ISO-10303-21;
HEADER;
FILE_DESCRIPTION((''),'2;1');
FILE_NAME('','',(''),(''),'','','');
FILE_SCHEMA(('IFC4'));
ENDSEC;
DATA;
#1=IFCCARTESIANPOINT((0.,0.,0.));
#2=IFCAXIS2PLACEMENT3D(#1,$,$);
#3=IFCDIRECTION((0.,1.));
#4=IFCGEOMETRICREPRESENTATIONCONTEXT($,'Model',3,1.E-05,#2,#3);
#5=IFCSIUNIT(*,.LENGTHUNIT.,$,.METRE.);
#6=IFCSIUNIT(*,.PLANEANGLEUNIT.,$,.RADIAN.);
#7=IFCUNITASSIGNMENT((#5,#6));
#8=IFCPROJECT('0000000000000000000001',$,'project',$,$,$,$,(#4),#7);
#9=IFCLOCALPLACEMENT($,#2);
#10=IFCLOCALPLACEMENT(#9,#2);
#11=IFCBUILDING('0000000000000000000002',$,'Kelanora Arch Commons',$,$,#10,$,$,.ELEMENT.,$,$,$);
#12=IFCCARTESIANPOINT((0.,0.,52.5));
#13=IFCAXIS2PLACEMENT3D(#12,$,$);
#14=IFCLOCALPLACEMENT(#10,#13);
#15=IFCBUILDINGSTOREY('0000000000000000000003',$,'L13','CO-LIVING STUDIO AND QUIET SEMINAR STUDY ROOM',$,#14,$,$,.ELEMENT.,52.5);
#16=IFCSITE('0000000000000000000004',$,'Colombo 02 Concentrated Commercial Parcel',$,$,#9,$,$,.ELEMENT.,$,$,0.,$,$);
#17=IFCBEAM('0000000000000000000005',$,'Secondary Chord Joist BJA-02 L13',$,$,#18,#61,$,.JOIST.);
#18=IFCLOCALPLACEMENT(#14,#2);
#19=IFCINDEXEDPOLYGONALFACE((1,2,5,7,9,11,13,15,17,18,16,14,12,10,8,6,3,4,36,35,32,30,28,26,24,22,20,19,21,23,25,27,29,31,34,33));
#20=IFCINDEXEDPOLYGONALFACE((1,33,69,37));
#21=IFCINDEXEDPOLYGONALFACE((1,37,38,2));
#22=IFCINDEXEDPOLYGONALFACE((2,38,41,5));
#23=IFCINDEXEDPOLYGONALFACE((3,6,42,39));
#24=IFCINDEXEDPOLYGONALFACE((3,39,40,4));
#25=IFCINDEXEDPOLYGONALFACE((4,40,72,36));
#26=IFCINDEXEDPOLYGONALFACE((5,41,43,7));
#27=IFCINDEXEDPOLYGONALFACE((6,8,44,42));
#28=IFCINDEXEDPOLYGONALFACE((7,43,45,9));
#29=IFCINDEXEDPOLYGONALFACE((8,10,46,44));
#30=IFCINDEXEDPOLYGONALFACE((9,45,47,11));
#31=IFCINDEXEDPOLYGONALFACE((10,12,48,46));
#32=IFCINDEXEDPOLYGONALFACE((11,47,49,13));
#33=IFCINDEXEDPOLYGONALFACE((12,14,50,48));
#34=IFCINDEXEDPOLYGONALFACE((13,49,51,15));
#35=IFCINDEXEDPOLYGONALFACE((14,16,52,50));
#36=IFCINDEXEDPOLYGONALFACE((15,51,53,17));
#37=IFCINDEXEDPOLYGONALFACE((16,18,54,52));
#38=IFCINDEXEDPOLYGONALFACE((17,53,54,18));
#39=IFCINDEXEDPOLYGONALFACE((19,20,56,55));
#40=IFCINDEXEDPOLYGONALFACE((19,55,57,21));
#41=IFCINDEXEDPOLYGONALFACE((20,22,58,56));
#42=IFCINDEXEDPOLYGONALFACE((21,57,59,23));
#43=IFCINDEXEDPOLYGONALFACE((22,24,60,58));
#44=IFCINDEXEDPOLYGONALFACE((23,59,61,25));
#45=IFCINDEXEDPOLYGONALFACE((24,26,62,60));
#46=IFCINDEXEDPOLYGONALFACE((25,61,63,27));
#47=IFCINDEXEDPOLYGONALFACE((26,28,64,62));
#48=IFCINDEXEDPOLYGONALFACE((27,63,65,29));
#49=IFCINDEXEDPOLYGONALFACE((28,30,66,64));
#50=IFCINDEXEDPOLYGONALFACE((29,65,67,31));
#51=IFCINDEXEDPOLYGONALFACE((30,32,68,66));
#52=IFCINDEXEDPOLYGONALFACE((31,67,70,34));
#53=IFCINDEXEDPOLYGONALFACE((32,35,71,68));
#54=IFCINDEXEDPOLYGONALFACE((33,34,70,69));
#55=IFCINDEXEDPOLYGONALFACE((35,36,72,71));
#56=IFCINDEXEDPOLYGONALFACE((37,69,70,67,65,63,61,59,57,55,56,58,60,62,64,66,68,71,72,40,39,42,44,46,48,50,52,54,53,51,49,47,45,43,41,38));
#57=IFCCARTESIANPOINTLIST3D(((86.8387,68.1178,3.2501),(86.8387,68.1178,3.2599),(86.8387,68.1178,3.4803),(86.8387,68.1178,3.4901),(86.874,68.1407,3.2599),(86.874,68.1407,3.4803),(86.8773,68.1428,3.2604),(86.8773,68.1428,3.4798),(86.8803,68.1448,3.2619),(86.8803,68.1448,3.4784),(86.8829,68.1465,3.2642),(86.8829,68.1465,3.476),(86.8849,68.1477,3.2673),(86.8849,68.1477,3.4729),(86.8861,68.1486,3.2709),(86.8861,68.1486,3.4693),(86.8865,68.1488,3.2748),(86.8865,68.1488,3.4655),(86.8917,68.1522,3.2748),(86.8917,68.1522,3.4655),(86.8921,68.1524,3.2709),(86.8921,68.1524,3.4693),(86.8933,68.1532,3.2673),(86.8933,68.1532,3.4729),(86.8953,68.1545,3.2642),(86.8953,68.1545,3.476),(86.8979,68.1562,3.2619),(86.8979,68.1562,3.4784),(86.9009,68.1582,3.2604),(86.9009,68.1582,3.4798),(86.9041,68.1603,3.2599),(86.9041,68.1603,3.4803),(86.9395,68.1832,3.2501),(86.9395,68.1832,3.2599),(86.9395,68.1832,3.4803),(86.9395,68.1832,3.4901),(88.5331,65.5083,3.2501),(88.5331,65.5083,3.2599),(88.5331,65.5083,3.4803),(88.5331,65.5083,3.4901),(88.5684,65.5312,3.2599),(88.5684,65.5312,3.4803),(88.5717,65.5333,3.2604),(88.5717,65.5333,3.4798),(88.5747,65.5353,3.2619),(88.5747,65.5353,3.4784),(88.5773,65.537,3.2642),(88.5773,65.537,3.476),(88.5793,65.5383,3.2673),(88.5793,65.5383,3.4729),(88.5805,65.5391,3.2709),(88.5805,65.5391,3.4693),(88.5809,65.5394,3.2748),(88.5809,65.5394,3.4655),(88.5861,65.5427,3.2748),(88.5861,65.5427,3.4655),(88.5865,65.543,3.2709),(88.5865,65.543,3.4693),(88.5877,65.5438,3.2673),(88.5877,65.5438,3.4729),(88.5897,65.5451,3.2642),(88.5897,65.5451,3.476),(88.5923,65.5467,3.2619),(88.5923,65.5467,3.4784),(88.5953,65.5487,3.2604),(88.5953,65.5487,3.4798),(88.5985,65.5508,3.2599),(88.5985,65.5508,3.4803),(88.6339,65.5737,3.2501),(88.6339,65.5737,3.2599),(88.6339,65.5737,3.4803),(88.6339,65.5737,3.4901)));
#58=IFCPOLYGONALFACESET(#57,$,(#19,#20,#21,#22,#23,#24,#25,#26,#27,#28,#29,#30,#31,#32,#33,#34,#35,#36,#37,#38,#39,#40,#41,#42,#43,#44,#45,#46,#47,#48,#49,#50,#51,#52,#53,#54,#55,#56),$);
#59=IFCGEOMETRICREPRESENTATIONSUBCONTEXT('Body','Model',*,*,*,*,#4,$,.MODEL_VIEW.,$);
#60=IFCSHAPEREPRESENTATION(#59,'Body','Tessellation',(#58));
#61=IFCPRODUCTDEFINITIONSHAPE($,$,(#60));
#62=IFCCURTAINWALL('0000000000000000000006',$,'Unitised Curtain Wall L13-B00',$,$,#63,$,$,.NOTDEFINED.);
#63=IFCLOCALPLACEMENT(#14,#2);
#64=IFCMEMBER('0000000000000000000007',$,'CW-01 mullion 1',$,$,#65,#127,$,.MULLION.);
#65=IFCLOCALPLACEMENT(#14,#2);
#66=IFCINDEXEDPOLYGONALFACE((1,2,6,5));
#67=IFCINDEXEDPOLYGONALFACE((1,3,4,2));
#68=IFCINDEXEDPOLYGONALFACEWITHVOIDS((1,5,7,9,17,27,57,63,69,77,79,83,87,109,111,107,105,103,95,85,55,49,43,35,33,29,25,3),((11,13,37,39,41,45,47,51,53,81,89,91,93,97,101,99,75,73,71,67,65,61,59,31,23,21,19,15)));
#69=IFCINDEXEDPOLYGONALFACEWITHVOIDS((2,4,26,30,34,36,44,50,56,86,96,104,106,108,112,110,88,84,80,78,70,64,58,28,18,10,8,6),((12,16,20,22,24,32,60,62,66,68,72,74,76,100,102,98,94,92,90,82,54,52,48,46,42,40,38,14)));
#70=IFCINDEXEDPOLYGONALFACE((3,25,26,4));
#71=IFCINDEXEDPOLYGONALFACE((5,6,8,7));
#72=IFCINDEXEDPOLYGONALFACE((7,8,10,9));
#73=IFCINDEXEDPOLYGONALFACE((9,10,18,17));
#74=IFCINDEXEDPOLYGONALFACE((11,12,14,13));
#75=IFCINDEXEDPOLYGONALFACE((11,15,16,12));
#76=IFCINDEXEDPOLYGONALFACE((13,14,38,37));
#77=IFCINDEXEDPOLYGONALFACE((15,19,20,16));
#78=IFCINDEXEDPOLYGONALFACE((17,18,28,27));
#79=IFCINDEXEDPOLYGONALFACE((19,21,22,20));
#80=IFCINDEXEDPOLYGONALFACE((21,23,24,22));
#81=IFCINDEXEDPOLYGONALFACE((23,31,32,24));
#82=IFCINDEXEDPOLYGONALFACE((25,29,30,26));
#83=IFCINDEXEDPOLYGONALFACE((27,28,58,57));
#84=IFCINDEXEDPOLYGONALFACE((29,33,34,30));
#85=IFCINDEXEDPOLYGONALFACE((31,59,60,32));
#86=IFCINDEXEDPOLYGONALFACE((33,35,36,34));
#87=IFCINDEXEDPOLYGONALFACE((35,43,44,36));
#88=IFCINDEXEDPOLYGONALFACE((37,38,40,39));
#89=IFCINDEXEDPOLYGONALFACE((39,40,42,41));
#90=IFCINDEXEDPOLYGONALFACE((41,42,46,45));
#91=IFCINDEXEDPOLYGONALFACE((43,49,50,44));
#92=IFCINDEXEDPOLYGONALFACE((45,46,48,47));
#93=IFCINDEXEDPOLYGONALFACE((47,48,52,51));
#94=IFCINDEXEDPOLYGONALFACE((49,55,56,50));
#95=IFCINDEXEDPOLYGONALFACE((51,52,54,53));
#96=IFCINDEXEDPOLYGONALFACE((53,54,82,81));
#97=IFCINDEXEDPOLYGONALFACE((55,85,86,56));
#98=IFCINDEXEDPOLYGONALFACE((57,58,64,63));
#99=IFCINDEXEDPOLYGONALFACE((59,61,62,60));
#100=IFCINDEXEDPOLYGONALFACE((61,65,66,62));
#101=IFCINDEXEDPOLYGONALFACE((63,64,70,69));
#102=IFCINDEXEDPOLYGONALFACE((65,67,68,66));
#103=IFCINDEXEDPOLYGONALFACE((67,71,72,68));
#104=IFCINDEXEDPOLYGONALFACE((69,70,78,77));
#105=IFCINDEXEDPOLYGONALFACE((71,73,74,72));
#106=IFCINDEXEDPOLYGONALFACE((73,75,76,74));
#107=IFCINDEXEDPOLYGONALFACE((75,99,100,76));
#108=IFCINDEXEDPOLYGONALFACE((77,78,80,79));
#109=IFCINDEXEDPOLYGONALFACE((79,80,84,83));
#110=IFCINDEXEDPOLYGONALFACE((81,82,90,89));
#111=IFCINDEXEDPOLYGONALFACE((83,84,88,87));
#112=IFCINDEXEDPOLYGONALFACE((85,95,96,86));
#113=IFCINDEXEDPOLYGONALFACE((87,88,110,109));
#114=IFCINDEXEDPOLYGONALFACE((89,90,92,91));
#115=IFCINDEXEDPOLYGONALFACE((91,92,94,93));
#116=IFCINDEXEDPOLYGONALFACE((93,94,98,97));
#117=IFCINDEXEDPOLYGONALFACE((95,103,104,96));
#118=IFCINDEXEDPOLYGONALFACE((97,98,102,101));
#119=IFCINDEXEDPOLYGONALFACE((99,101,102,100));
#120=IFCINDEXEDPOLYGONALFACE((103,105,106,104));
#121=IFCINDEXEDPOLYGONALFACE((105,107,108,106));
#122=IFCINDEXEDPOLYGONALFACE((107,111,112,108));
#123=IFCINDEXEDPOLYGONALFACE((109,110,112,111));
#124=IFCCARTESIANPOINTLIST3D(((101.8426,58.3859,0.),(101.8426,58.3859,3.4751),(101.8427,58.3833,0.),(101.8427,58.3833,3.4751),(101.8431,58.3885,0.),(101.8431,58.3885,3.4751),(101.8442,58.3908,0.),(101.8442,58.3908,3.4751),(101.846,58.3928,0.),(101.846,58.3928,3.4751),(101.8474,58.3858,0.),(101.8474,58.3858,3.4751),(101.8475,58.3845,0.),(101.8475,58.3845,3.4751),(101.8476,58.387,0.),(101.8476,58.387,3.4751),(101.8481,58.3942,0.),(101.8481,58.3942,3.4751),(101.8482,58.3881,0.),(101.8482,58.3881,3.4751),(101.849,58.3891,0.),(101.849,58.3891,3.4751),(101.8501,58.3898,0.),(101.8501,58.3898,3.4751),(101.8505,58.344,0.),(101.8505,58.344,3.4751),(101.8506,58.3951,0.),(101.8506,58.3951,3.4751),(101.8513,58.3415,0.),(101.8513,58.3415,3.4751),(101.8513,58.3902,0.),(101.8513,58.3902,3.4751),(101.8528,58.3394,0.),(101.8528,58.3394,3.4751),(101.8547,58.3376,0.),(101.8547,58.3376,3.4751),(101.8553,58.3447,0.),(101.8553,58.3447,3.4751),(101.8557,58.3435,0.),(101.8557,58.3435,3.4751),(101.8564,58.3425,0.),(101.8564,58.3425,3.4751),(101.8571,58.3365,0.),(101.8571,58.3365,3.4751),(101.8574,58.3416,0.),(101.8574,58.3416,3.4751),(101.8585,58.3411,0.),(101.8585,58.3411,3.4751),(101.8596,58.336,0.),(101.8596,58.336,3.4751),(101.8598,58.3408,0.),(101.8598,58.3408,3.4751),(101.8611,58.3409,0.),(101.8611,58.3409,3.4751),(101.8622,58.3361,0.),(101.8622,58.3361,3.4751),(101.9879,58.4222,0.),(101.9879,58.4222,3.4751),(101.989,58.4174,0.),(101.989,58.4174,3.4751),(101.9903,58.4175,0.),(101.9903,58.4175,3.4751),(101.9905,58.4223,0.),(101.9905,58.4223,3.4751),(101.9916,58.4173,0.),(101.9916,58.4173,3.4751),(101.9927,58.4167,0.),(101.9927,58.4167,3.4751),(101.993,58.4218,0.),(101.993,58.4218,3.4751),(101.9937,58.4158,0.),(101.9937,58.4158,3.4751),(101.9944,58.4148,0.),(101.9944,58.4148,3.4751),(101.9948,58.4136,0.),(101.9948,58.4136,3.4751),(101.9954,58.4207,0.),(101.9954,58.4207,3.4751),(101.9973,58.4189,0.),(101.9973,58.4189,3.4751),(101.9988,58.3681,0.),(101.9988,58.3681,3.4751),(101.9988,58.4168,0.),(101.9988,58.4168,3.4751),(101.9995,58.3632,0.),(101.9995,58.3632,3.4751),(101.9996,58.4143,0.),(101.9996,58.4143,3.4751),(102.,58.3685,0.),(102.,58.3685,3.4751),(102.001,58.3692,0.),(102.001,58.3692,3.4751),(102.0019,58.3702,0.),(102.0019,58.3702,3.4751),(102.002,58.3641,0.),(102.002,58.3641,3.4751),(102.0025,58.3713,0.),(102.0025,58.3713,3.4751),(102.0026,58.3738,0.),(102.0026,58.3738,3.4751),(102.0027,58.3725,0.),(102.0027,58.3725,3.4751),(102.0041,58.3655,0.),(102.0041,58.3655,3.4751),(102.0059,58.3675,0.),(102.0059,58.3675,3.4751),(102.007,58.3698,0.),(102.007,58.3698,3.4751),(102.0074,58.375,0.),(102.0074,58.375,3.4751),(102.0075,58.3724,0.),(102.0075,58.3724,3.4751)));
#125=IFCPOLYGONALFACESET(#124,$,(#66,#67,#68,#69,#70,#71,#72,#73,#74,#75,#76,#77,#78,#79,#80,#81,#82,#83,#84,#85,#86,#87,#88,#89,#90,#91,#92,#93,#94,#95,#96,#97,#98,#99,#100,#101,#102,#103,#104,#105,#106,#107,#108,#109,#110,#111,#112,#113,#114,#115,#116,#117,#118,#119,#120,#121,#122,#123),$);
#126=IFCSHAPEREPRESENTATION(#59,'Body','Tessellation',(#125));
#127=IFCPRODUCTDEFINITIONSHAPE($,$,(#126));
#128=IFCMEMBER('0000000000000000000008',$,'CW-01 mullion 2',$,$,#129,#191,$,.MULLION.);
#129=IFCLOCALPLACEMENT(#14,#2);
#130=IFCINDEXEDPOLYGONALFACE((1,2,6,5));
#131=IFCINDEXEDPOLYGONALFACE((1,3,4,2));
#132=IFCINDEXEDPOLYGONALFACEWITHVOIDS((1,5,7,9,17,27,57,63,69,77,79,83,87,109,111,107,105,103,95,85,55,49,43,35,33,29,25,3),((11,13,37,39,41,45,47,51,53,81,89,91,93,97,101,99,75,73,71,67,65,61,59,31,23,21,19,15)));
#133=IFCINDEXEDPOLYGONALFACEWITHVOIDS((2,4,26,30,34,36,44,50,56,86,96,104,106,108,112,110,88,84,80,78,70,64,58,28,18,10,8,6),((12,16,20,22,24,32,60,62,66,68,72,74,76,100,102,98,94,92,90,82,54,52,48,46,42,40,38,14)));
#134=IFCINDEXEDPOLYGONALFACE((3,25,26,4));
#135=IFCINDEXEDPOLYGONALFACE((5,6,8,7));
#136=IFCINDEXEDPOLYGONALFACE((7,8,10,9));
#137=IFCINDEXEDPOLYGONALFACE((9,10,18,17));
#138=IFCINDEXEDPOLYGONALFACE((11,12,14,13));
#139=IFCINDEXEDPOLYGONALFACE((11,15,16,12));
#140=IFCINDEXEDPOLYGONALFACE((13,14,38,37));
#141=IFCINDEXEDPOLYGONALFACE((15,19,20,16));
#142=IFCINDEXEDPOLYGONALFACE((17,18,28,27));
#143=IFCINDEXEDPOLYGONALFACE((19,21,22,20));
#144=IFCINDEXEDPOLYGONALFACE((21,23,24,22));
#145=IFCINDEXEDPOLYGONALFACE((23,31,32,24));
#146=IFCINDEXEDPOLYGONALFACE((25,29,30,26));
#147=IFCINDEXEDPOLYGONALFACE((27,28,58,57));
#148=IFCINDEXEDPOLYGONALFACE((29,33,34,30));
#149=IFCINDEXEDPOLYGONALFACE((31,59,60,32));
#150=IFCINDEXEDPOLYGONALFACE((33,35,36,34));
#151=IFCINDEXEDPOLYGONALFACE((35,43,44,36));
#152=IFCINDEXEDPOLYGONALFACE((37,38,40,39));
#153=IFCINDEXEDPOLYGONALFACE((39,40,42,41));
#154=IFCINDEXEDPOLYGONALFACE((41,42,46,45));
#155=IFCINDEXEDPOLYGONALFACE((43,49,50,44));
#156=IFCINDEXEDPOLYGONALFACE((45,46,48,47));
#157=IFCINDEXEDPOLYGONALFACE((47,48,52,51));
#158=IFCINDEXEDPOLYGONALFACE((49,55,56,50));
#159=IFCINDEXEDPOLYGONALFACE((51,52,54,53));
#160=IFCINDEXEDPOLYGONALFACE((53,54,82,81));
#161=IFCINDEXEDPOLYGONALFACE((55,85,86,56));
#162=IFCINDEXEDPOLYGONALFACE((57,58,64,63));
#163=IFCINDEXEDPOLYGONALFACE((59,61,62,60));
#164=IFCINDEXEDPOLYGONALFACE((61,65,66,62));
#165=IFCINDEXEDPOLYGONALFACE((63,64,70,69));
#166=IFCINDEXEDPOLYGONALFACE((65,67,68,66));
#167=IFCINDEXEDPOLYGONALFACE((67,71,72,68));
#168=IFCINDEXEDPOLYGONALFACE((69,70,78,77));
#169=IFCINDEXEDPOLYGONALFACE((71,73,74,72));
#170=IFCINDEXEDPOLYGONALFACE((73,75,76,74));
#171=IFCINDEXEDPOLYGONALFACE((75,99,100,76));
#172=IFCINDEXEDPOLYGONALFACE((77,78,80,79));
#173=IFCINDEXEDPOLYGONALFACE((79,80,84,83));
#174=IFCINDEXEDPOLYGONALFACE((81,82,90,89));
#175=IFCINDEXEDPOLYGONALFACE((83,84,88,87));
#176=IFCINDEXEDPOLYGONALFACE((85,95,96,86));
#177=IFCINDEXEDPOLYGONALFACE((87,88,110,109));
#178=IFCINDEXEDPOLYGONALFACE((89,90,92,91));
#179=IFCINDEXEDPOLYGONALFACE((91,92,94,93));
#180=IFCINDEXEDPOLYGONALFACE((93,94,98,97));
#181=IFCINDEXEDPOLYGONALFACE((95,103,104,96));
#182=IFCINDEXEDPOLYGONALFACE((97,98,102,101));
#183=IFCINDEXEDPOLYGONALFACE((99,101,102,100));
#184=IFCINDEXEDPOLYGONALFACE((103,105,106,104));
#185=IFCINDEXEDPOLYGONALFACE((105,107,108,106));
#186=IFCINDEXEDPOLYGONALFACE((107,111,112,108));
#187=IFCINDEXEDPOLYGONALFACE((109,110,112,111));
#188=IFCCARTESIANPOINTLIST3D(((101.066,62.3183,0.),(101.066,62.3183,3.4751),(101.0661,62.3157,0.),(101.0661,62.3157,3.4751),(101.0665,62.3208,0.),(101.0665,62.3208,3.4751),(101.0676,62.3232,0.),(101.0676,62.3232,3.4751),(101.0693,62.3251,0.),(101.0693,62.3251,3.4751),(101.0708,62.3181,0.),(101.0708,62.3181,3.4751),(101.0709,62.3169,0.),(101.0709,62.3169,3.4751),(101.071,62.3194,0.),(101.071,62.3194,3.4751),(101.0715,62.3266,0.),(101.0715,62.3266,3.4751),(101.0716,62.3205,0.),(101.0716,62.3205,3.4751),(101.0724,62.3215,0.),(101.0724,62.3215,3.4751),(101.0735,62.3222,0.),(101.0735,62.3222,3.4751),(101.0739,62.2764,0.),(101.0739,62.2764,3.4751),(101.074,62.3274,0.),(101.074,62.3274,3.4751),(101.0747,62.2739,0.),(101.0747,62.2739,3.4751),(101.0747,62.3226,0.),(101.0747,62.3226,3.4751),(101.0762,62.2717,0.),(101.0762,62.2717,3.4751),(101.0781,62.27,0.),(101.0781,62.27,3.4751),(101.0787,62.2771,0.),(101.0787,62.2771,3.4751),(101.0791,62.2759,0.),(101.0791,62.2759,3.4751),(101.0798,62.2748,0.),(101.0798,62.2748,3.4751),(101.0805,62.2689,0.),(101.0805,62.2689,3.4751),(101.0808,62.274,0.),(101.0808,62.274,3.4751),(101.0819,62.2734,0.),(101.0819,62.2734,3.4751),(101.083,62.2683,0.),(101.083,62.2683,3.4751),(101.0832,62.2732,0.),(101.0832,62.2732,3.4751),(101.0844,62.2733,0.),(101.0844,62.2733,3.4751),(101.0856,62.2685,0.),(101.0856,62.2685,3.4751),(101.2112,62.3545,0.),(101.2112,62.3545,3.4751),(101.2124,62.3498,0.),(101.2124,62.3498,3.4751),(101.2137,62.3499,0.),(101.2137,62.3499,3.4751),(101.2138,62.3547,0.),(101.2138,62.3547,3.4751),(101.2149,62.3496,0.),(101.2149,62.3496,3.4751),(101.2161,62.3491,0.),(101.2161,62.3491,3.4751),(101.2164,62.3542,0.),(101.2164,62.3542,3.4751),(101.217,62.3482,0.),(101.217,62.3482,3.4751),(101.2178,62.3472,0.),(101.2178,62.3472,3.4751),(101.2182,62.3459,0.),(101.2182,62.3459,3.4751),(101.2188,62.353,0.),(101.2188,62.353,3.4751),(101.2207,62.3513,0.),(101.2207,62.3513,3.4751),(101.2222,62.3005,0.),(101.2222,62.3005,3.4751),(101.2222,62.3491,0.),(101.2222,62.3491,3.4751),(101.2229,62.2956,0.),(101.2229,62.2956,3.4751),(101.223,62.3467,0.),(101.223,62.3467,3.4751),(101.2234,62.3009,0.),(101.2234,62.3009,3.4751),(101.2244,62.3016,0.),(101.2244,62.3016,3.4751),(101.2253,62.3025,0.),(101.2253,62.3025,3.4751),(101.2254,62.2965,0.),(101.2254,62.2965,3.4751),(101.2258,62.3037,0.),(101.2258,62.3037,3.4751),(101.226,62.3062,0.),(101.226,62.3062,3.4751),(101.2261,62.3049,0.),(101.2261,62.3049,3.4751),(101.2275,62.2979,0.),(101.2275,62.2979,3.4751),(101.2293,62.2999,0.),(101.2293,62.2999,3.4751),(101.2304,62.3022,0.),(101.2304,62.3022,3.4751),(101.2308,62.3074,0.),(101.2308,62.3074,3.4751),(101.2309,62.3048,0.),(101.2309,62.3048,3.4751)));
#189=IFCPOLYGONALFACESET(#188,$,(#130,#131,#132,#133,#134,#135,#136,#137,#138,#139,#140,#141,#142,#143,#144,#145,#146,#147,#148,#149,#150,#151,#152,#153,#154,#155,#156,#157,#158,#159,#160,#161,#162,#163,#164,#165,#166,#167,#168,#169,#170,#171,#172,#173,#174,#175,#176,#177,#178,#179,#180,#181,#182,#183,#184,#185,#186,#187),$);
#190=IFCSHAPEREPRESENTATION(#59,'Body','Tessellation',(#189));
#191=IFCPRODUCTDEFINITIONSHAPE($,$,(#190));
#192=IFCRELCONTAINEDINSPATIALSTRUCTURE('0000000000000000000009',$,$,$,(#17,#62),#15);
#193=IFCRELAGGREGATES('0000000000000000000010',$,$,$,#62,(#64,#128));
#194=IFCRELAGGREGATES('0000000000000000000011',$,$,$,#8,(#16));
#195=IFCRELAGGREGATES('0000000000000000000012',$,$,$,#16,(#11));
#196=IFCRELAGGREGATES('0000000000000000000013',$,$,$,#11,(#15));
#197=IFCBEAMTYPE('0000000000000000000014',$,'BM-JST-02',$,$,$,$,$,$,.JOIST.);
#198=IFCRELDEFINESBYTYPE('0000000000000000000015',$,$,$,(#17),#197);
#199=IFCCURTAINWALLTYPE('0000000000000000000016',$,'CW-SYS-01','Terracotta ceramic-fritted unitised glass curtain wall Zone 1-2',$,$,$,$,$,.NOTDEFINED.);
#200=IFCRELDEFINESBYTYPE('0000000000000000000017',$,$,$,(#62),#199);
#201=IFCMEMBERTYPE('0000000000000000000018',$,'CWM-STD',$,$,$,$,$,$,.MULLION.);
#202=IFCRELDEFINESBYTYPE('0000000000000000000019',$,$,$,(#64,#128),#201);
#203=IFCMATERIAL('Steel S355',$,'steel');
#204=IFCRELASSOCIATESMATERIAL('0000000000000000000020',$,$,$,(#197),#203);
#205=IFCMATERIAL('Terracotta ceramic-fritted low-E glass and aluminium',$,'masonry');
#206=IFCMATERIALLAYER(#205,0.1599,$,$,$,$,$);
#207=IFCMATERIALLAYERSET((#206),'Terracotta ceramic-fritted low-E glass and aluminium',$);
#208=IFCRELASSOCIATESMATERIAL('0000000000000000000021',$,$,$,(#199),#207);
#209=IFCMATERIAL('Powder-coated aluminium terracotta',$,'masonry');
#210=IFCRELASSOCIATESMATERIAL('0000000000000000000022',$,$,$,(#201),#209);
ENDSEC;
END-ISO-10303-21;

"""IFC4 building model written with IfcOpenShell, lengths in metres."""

from ifc_helpers import new_model, si_unit, direction, frame, origin, origin_2d, place, context, subcontext, project, spatial, hollow_rectangle, i_section, extrude, material, layer, layer_set, material_profile, profile_set, type_object, element, aggregate, save


model = new_model("IFC4")

# Units and contexts
model_context = context("Model", 3, precision=1e-05, world=origin(), true_north=direction((0.0, 1.0)))
body_context = subcontext(model_context, "Body", "Model", "MODEL_VIEW")
ifc_project = project(units=[si_unit("LENGTHUNIT", "METRE"), si_unit("PLANEANGLEUNIT", "RADIAN")], contexts=[model_context])

# Site, building, storey
site_placement = place(None, origin())
site = spatial("IfcSite", under=ifc_project, at=site_placement, Name="Colombo 02 Concentrated Commercial Parcel", CompositionType="ELEMENT", RefElevation=0.0)
building_placement = place(site_placement, origin())
building = spatial("IfcBuilding", under=site, at=building_placement, Name="Kelanora Arch Commons", CompositionType="ELEMENT")
storey_placement = place(building_placement, frame((0.0, 0.0, 52.5)))
storey = spatial("IfcBuildingStorey", under=building, at=storey_placement, Name="L13", Description="CO-LIVING STUDIO AND QUIET SEMINAR STUDY ROOM", CompositionType="ELEMENT", Elevation=52.5)

# Beam
ifc_material_1 = material(Name="Steel S355", Category="steel")
ifc_material_profile_1 = material_profile(ifc_material_1, i_section(OverallWidth=0.1201, OverallDepth=0.24, WebThickness=0.0061, FlangeThickness=0.0098, FilletRadius=0.0149, at=origin_2d()), Name="IPE240")
ifc_profile_set_1 = profile_set([ifc_material_profile_1], Name="Steel S355")
beam_type = type_object("IfcBeamType", Name="BM-JST-02", PredefinedType="JOIST", material=ifc_profile_set_1)
beam_placement = place(storey_placement, frame((88.5835, 65.541, 3.3701), z_axis=(-0.544591, 0.838702, 0.0), x_axis=(-0.838702, -0.544591, 0.0)))
element("IfcBeam", 1, at=beam_placement, inside=storey, type_object=beam_type, Name="Secondary Chord Joist BJA-02 L13", PredefinedType="JOIST", context=body_context, shape_type="SweptSolid", body=[
    extrude(i_section(OverallWidth=0.1201, OverallDepth=0.24, WebThickness=0.0061, FlangeThickness=0.0098, FilletRadius=0.0149, at=origin_2d()), origin(), (0.0, 0.0, 1.0), 3.1113),
])

# Curtain wall, members
ifc_material_2 = material(Name="Terracotta ceramic-fritted low-E glass and aluminium", Category="masonry")
ifc_layer_1 = layer(ifc_material_2, 0.1599)
ifc_layer_set_1 = layer_set([ifc_layer_1], Name="Terracotta ceramic-fritted low-E glass and aluminium")
curtain_wall_type = type_object("IfcCurtainWallType", Name="CW-SYS-01", Description="Terracotta ceramic-fritted unitised glass curtain wall Zone 1-2", PredefinedType="NOTDEFINED", material=ifc_layer_set_1)
curtain_wall_placement = place(storey_placement, origin())
curtain_wall = element("IfcCurtainWall", 2, at=curtain_wall_placement, inside=storey, type_object=curtain_wall_type, Name="Unitised Curtain Wall L13-B00", PredefinedType="NOTDEFINED")
ifc_material_3 = material(Name="Powder-coated aluminium terracotta", Category="masonry")
ifc_material_profile_2 = material_profile(ifc_material_3, hollow_rectangle(XDim=0.1599, YDim=0.0601, WallThickness=0.0049, InnerFilletRadius=0.0049, OuterFilletRadius=0.01, at=origin_2d()), Name="CWM160x60")
ifc_profile_set_2 = profile_set([ifc_material_profile_2], Name="Powder-coated aluminium terracotta")
member_type_1 = type_object("IfcMemberType", Name="CWM-STD", PredefinedType="MULLION", material=ifc_profile_set_2)
member_1_placement = place(storey_placement, frame((101.925, 58.3792, 0.0), z_axis=(0.0, 0.0, 1.0), x_axis=(-0.981052, -0.193744, 0.0)))
member_1 = element("IfcMember", 3, at=member_1_placement, type_object=member_type_1, Name="CW-01 mullion 1", PredefinedType="MULLION", context=body_context, shape_type="SweptSolid", body=[
    extrude(hollow_rectangle(XDim=0.1599, YDim=0.0601, WallThickness=0.0049, InnerFilletRadius=0.0049, OuterFilletRadius=0.01, at=origin_2d()), origin(), (0.0, 0.0, 1.0), 3.4751),
])
member_2_placement = place(storey_placement, frame((101.1484, 62.3115, 0.0), z_axis=(0.0, 0.0, 1.0), x_axis=(-0.981052, -0.193744, 0.0)))
member_2 = element("IfcMember", 4, at=member_2_placement, type_object=member_type_1, Name="CW-01 mullion 2", PredefinedType="MULLION", context=body_context, shape_type="SweptSolid", body=[
    extrude(hollow_rectangle(XDim=0.1599, YDim=0.0601, WallThickness=0.0049, InnerFilletRadius=0.0049, OuterFilletRadius=0.01, at=origin_2d()), origin(), (0.0, 0.0, 1.0), 3.4751),
])
aggregate(curtain_wall, [member_1, member_2])

save(model, "model.ifc")
